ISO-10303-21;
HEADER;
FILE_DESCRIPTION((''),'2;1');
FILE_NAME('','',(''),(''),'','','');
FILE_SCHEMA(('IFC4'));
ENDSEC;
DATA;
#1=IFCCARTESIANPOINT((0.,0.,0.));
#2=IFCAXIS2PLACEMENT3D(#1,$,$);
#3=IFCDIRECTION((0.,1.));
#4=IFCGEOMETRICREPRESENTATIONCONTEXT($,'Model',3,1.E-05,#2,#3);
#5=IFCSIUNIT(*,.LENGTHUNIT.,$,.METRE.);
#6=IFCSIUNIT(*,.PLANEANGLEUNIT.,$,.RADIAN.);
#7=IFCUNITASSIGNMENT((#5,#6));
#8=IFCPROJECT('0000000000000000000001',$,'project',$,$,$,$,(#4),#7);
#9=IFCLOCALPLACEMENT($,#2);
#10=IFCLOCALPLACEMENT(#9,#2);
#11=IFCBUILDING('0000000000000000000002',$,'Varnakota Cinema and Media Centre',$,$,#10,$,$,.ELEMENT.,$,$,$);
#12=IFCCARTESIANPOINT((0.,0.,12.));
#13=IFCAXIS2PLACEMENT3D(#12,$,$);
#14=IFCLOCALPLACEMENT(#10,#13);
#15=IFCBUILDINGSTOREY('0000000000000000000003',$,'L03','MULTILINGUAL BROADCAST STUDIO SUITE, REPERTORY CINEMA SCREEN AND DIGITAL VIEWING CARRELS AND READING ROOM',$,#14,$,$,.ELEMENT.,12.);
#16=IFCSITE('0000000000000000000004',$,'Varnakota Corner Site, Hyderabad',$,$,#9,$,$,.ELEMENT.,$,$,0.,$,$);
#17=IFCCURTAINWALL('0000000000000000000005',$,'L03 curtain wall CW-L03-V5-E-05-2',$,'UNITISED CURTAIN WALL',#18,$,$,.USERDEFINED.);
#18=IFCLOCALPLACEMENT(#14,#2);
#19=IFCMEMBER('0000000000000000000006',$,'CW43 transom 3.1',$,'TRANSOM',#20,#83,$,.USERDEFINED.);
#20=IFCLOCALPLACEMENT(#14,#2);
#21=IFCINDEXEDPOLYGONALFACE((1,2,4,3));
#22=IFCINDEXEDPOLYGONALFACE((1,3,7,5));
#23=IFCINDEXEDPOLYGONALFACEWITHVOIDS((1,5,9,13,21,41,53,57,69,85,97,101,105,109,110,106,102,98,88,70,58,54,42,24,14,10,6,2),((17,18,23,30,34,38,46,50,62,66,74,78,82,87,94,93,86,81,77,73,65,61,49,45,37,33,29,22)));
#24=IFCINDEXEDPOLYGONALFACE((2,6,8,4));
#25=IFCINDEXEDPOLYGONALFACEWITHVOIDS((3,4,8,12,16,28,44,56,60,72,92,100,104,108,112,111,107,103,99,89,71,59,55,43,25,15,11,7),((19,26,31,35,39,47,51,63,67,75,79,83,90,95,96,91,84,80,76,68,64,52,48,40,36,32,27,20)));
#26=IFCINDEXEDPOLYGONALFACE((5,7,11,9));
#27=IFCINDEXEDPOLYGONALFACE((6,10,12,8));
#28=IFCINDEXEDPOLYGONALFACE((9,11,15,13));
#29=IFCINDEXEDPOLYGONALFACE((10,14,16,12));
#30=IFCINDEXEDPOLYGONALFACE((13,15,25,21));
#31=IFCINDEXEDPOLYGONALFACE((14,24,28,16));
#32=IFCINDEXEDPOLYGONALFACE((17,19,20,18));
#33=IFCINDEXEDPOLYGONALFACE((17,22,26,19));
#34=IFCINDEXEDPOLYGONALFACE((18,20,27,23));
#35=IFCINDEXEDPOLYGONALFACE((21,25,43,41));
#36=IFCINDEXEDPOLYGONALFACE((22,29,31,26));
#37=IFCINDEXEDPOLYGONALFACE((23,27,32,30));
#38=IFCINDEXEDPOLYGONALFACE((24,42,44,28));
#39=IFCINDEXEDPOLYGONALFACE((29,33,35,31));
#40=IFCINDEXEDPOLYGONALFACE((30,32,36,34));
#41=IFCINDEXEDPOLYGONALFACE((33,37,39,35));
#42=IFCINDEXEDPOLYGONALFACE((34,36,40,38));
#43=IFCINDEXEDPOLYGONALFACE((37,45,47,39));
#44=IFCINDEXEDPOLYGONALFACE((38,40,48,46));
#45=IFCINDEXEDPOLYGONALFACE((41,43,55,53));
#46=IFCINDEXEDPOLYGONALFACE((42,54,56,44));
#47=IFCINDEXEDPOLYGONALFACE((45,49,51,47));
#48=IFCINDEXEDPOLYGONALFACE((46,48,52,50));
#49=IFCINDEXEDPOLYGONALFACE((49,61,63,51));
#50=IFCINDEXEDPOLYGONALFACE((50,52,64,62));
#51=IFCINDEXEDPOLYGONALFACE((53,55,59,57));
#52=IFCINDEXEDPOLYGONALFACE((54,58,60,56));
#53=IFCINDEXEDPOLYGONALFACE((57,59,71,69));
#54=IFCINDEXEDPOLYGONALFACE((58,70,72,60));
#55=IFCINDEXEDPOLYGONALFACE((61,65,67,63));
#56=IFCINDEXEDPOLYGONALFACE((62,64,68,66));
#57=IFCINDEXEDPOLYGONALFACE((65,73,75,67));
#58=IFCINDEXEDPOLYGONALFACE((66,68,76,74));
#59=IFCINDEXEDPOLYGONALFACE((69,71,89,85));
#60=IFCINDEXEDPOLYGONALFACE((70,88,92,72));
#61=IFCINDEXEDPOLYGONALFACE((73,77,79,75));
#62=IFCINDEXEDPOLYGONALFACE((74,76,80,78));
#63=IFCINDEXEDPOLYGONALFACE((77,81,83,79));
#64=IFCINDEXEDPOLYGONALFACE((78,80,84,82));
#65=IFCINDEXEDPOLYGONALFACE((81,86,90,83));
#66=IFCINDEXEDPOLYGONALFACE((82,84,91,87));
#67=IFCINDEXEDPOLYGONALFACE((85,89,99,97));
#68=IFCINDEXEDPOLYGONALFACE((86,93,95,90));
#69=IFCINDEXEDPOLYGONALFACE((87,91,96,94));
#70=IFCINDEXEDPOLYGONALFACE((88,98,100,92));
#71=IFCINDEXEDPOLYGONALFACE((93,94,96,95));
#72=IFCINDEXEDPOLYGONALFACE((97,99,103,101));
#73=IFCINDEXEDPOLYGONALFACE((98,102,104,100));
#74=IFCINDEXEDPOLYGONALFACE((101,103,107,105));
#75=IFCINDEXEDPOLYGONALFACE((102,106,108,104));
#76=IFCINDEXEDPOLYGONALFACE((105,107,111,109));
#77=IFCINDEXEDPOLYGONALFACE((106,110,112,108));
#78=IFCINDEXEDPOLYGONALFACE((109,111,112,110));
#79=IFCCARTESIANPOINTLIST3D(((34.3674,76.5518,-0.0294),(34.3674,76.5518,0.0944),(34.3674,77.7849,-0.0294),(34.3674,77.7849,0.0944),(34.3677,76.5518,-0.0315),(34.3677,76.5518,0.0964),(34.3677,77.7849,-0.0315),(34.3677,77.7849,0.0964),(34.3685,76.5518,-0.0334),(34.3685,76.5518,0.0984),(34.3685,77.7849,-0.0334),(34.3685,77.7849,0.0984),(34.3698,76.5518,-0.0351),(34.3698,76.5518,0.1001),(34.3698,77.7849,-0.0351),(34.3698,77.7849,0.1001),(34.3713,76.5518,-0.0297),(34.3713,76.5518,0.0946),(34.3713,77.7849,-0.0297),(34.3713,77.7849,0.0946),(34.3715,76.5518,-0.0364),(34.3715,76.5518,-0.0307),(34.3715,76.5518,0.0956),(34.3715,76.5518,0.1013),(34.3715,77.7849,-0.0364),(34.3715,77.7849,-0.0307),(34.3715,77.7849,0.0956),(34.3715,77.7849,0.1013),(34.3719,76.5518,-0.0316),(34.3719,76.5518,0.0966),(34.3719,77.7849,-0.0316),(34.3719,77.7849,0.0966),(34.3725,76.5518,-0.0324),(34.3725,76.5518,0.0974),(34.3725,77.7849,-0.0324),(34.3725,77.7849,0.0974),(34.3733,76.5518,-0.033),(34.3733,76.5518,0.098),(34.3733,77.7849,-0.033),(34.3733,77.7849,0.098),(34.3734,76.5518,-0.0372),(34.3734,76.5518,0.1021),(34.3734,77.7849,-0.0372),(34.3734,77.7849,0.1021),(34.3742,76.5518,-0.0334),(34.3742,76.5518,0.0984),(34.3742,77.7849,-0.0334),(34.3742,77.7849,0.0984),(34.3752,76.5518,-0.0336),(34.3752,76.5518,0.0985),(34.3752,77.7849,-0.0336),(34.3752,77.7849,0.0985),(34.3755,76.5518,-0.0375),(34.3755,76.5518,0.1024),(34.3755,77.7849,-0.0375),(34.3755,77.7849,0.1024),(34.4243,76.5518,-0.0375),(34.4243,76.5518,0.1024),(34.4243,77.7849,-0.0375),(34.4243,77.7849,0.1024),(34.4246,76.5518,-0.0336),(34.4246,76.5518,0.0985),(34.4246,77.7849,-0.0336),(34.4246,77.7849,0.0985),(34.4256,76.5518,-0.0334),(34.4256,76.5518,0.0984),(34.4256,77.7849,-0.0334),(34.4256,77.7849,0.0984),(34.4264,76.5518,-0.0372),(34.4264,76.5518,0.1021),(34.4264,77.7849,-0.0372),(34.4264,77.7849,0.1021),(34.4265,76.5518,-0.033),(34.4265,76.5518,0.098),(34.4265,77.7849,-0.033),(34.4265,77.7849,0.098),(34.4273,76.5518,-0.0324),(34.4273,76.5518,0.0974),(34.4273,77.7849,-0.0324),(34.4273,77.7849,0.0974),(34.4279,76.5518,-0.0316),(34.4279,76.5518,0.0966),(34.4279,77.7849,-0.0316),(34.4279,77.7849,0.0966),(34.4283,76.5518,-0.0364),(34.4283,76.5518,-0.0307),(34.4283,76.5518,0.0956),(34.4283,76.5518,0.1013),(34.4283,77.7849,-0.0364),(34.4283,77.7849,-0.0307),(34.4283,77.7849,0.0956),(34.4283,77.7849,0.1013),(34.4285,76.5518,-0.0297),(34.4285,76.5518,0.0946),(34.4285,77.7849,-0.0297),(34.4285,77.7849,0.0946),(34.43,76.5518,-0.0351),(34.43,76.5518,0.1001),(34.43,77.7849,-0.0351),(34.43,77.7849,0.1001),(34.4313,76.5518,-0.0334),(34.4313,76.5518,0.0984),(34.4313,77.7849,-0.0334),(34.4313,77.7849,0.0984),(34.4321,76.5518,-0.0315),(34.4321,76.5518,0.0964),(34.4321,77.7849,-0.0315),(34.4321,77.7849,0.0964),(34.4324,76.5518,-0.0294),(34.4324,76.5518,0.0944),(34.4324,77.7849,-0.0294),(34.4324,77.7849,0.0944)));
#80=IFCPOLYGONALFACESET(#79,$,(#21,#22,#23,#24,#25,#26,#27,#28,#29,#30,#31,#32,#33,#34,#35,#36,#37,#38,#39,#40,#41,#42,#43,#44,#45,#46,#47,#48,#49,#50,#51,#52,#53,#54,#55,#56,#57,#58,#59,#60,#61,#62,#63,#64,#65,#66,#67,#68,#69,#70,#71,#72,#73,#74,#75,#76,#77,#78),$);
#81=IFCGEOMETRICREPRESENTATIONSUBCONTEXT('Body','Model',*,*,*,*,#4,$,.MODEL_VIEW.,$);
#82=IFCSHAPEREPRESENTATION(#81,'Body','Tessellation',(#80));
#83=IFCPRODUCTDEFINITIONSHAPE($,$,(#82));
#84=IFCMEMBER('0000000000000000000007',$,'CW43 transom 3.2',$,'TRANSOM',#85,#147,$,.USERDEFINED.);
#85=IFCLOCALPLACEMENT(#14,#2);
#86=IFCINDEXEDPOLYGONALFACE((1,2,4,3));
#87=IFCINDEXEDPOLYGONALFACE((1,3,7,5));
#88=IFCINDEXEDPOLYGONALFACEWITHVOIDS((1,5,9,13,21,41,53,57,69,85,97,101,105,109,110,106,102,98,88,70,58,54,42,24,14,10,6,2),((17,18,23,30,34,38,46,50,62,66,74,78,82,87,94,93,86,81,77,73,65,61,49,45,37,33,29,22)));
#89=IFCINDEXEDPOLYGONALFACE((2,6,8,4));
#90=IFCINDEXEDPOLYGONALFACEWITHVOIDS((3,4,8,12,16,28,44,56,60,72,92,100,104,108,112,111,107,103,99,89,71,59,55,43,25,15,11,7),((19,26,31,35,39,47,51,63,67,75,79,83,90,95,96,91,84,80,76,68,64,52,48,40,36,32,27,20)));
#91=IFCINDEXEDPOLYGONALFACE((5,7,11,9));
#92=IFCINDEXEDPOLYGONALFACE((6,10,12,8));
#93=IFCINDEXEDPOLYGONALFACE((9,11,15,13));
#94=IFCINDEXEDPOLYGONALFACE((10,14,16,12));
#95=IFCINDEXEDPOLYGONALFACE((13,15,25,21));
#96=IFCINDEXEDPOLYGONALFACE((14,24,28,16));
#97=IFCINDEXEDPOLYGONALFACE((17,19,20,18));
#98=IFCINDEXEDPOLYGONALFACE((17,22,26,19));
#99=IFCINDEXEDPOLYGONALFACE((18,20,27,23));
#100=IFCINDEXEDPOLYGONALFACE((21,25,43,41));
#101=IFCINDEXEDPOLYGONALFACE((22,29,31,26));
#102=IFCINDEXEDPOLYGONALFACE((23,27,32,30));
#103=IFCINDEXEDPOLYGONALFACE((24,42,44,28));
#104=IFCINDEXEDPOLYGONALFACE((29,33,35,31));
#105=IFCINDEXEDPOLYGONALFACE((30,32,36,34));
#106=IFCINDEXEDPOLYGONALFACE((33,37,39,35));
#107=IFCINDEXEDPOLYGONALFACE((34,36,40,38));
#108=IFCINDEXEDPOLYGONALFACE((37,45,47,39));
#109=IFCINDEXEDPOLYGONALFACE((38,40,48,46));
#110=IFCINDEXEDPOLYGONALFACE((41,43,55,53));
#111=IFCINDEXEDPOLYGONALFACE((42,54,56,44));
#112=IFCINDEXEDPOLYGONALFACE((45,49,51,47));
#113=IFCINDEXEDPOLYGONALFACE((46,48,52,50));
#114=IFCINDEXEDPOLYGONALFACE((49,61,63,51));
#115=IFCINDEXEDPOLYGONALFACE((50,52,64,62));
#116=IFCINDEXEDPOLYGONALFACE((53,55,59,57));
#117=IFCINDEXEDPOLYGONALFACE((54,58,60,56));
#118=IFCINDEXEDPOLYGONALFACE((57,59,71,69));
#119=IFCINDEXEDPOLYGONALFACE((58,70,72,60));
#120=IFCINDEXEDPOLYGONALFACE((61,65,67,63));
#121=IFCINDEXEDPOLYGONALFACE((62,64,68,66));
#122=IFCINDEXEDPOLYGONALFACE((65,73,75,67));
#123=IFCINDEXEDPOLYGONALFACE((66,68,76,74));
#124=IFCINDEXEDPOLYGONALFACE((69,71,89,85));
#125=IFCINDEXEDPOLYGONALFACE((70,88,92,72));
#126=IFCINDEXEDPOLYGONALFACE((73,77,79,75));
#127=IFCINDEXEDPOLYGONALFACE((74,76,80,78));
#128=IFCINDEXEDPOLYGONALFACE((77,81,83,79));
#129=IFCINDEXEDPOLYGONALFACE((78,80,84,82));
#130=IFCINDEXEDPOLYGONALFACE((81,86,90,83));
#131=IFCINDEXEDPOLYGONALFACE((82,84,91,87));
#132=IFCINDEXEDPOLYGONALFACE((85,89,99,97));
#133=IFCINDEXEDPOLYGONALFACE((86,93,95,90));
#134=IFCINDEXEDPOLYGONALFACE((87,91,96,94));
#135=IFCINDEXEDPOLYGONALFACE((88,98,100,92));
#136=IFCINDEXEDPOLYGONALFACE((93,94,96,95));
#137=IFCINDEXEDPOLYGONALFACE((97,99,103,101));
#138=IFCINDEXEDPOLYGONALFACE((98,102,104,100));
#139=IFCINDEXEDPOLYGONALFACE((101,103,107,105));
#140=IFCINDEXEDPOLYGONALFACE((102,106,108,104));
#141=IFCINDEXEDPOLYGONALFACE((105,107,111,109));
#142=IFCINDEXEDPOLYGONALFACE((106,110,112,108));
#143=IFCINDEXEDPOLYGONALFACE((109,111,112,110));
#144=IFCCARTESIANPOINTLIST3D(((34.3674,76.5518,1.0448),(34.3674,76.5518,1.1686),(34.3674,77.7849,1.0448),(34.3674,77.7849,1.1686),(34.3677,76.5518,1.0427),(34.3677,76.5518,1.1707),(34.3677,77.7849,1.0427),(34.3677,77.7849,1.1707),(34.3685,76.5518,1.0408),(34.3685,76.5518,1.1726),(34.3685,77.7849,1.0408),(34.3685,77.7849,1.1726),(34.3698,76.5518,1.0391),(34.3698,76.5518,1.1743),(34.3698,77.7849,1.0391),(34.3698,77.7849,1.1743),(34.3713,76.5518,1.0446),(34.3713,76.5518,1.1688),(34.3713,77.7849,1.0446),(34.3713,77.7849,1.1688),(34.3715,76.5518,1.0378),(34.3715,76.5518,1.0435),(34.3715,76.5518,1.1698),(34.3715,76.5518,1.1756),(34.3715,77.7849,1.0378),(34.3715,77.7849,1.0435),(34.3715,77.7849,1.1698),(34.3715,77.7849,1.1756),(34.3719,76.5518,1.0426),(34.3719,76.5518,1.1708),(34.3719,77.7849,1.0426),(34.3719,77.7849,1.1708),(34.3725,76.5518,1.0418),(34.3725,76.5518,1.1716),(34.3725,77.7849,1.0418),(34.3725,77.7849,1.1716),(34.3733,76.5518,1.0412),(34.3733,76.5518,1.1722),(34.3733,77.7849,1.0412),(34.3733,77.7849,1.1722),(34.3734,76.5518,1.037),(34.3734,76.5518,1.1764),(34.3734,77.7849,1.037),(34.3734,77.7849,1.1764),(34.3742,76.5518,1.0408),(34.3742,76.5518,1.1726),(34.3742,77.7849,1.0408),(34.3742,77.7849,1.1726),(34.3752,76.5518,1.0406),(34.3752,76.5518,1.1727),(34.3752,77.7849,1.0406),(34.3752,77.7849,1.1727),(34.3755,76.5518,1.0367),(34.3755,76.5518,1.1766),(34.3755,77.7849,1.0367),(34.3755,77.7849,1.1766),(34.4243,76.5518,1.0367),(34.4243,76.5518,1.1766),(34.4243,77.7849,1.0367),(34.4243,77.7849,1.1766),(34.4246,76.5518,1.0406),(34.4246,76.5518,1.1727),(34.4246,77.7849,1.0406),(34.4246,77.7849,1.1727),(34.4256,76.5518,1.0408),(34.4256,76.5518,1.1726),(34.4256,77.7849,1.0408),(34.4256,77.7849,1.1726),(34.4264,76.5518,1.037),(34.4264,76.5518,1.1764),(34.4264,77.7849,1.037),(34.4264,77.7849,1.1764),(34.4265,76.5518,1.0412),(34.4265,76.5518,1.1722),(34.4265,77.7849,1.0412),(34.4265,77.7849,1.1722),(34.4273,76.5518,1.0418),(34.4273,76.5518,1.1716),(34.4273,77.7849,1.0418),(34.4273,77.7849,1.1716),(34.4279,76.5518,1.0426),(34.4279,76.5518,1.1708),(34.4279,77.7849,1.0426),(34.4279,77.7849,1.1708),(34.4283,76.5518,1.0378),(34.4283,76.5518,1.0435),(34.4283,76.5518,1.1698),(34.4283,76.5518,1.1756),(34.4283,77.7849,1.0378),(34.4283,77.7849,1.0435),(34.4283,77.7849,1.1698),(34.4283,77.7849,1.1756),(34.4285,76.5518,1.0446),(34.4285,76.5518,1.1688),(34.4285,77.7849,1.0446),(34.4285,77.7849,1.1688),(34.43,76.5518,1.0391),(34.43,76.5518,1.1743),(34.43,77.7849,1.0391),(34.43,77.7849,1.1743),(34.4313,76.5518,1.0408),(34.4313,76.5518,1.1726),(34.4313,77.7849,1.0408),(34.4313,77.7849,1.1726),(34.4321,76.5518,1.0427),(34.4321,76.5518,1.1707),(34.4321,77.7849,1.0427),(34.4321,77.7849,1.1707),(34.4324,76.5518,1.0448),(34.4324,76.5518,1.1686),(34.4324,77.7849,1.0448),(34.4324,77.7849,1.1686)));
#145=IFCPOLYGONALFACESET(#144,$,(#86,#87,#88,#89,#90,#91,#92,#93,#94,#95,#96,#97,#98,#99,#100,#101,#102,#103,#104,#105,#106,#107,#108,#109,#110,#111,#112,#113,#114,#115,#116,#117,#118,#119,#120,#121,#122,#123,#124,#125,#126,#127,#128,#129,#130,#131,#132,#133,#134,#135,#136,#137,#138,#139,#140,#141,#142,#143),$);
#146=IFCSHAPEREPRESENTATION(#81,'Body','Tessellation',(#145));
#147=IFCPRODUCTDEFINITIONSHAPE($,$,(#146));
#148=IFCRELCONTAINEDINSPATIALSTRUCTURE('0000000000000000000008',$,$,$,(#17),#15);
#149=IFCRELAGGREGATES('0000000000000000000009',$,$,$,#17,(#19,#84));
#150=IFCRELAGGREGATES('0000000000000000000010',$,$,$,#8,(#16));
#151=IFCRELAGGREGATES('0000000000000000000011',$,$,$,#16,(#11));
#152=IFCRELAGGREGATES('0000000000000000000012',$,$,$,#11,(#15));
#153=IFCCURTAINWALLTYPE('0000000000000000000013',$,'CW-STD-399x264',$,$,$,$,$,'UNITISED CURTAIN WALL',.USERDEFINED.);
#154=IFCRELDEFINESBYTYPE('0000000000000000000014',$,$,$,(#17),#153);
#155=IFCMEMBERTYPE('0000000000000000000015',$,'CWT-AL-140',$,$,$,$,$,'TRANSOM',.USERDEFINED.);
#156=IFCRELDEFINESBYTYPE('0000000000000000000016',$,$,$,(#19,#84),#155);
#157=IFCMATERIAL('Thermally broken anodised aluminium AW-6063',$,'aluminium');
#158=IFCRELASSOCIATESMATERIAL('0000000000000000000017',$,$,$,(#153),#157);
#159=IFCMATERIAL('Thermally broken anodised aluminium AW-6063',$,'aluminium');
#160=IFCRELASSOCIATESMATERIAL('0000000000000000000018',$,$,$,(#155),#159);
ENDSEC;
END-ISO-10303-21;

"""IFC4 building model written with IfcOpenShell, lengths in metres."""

from ifc_helpers import new_model, si_unit, direction, frame, origin, origin_2d, place, context, subcontext, project, spatial, hollow_rectangle, extrude, material, material_profile, profile_set, type_object, element, aggregate, save


model = new_model("IFC4")

# Units and contexts
model_context = context("Model", 3, precision=1e-05, world=origin(), true_north=direction((0.0, 1.0)))
body_context = subcontext(model_context, "Body", "Model", "MODEL_VIEW")
ifc_project = project(units=[si_unit("LENGTHUNIT", "METRE"), si_unit("PLANEANGLEUNIT", "RADIAN")], contexts=[model_context])

# Site, building, storey
site_placement = place(None, origin())
site = spatial("IfcSite", under=ifc_project, at=site_placement, Name="Varnakota Corner Site, Hyderabad", CompositionType="ELEMENT", RefElevation=0.0)
building_placement = place(site_placement, origin())
building = spatial("IfcBuilding", under=site, at=building_placement, Name="Varnakota Cinema and Media Centre", CompositionType="ELEMENT")
storey_placement = place(building_placement, frame((0.0, 0.0, 12.0)))
storey = spatial("IfcBuildingStorey", under=building, at=storey_placement, Name="L03", Description="MULTILINGUAL BROADCAST STUDIO SUITE, REPERTORY CINEMA SCREEN AND DIGITAL VIEWING CARRELS AND READING ROOM", CompositionType="ELEMENT", Elevation=12.0)

# Curtain wall, members
ifc_material_1 = material(Name="Thermally broken anodised aluminium AW-6063", Category="aluminium")
curtain_wall_type = type_object("IfcCurtainWallType", Name="CW-STD-399x264", ElementType="UNITISED CURTAIN WALL", PredefinedType="USERDEFINED", material=ifc_material_1)
curtain_wall_placement = place(storey_placement, origin())
curtain_wall = element("IfcCurtainWall", 1, at=curtain_wall_placement, inside=storey, type_object=curtain_wall_type, Name="L03 curtain wall CW-L03-V5-E-05-2", ObjectType="UNITISED CURTAIN WALL", PredefinedType="USERDEFINED")
ifc_material_2 = material(Name="Thermally broken anodised aluminium AW-6063", Category="aluminium")
ifc_material_profile_1 = material_profile(ifc_material_2, hollow_rectangle(XDim=0.0649, YDim=0.1399, WallThickness=0.0039, InnerFilletRadius=0.0039, OuterFilletRadius=0.0081, at=origin_2d()), Name="AL-TRANSOM 140x65x4")
ifc_profile_set_1 = profile_set([ifc_material_profile_1], Name="Thermally broken anodised aluminium AW-6063")
member_type_1 = type_object("IfcMemberType", Name="CWT-AL-140", ElementType="TRANSOM", PredefinedType="USERDEFINED", material=ifc_profile_set_1)
member_1_placement = place(storey_placement, frame((34.3999, 76.5518, 0.0325), z_axis=(0.0, 1.0, 0.0), x_axis=(-1.0, 0.0, 0.0)))
member_1 = element("IfcMember", 2, at=member_1_placement, type_object=member_type_1, Name="CW43 transom 3.1", ObjectType="TRANSOM", PredefinedType="USERDEFINED", context=body_context, shape_type="SweptSolid", body=[
    extrude(hollow_rectangle(XDim=0.0649, YDim=0.1399, WallThickness=0.0039, InnerFilletRadius=0.0039, OuterFilletRadius=0.0081, at=origin_2d()), origin(), (0.0, 0.0, 1.0), 1.2332),
])
member_2_placement = place(storey_placement, frame((34.3999, 76.5518, 1.1067), z_axis=(0.0, 1.0, 0.0), x_axis=(-1.0, 0.0, 0.0)))
member_2 = element("IfcMember", 3, at=member_2_placement, type_object=member_type_1, Name="CW43 transom 3.2", ObjectType="TRANSOM", PredefinedType="USERDEFINED", context=body_context, shape_type="SweptSolid", body=[
    extrude(hollow_rectangle(XDim=0.0649, YDim=0.1399, WallThickness=0.0039, InnerFilletRadius=0.0039, OuterFilletRadius=0.0081, at=origin_2d()), origin(), (0.0, 0.0, 1.0), 1.2332),
])
aggregate(curtain_wall, [member_1, member_2])

save(model, "model.ifc")
